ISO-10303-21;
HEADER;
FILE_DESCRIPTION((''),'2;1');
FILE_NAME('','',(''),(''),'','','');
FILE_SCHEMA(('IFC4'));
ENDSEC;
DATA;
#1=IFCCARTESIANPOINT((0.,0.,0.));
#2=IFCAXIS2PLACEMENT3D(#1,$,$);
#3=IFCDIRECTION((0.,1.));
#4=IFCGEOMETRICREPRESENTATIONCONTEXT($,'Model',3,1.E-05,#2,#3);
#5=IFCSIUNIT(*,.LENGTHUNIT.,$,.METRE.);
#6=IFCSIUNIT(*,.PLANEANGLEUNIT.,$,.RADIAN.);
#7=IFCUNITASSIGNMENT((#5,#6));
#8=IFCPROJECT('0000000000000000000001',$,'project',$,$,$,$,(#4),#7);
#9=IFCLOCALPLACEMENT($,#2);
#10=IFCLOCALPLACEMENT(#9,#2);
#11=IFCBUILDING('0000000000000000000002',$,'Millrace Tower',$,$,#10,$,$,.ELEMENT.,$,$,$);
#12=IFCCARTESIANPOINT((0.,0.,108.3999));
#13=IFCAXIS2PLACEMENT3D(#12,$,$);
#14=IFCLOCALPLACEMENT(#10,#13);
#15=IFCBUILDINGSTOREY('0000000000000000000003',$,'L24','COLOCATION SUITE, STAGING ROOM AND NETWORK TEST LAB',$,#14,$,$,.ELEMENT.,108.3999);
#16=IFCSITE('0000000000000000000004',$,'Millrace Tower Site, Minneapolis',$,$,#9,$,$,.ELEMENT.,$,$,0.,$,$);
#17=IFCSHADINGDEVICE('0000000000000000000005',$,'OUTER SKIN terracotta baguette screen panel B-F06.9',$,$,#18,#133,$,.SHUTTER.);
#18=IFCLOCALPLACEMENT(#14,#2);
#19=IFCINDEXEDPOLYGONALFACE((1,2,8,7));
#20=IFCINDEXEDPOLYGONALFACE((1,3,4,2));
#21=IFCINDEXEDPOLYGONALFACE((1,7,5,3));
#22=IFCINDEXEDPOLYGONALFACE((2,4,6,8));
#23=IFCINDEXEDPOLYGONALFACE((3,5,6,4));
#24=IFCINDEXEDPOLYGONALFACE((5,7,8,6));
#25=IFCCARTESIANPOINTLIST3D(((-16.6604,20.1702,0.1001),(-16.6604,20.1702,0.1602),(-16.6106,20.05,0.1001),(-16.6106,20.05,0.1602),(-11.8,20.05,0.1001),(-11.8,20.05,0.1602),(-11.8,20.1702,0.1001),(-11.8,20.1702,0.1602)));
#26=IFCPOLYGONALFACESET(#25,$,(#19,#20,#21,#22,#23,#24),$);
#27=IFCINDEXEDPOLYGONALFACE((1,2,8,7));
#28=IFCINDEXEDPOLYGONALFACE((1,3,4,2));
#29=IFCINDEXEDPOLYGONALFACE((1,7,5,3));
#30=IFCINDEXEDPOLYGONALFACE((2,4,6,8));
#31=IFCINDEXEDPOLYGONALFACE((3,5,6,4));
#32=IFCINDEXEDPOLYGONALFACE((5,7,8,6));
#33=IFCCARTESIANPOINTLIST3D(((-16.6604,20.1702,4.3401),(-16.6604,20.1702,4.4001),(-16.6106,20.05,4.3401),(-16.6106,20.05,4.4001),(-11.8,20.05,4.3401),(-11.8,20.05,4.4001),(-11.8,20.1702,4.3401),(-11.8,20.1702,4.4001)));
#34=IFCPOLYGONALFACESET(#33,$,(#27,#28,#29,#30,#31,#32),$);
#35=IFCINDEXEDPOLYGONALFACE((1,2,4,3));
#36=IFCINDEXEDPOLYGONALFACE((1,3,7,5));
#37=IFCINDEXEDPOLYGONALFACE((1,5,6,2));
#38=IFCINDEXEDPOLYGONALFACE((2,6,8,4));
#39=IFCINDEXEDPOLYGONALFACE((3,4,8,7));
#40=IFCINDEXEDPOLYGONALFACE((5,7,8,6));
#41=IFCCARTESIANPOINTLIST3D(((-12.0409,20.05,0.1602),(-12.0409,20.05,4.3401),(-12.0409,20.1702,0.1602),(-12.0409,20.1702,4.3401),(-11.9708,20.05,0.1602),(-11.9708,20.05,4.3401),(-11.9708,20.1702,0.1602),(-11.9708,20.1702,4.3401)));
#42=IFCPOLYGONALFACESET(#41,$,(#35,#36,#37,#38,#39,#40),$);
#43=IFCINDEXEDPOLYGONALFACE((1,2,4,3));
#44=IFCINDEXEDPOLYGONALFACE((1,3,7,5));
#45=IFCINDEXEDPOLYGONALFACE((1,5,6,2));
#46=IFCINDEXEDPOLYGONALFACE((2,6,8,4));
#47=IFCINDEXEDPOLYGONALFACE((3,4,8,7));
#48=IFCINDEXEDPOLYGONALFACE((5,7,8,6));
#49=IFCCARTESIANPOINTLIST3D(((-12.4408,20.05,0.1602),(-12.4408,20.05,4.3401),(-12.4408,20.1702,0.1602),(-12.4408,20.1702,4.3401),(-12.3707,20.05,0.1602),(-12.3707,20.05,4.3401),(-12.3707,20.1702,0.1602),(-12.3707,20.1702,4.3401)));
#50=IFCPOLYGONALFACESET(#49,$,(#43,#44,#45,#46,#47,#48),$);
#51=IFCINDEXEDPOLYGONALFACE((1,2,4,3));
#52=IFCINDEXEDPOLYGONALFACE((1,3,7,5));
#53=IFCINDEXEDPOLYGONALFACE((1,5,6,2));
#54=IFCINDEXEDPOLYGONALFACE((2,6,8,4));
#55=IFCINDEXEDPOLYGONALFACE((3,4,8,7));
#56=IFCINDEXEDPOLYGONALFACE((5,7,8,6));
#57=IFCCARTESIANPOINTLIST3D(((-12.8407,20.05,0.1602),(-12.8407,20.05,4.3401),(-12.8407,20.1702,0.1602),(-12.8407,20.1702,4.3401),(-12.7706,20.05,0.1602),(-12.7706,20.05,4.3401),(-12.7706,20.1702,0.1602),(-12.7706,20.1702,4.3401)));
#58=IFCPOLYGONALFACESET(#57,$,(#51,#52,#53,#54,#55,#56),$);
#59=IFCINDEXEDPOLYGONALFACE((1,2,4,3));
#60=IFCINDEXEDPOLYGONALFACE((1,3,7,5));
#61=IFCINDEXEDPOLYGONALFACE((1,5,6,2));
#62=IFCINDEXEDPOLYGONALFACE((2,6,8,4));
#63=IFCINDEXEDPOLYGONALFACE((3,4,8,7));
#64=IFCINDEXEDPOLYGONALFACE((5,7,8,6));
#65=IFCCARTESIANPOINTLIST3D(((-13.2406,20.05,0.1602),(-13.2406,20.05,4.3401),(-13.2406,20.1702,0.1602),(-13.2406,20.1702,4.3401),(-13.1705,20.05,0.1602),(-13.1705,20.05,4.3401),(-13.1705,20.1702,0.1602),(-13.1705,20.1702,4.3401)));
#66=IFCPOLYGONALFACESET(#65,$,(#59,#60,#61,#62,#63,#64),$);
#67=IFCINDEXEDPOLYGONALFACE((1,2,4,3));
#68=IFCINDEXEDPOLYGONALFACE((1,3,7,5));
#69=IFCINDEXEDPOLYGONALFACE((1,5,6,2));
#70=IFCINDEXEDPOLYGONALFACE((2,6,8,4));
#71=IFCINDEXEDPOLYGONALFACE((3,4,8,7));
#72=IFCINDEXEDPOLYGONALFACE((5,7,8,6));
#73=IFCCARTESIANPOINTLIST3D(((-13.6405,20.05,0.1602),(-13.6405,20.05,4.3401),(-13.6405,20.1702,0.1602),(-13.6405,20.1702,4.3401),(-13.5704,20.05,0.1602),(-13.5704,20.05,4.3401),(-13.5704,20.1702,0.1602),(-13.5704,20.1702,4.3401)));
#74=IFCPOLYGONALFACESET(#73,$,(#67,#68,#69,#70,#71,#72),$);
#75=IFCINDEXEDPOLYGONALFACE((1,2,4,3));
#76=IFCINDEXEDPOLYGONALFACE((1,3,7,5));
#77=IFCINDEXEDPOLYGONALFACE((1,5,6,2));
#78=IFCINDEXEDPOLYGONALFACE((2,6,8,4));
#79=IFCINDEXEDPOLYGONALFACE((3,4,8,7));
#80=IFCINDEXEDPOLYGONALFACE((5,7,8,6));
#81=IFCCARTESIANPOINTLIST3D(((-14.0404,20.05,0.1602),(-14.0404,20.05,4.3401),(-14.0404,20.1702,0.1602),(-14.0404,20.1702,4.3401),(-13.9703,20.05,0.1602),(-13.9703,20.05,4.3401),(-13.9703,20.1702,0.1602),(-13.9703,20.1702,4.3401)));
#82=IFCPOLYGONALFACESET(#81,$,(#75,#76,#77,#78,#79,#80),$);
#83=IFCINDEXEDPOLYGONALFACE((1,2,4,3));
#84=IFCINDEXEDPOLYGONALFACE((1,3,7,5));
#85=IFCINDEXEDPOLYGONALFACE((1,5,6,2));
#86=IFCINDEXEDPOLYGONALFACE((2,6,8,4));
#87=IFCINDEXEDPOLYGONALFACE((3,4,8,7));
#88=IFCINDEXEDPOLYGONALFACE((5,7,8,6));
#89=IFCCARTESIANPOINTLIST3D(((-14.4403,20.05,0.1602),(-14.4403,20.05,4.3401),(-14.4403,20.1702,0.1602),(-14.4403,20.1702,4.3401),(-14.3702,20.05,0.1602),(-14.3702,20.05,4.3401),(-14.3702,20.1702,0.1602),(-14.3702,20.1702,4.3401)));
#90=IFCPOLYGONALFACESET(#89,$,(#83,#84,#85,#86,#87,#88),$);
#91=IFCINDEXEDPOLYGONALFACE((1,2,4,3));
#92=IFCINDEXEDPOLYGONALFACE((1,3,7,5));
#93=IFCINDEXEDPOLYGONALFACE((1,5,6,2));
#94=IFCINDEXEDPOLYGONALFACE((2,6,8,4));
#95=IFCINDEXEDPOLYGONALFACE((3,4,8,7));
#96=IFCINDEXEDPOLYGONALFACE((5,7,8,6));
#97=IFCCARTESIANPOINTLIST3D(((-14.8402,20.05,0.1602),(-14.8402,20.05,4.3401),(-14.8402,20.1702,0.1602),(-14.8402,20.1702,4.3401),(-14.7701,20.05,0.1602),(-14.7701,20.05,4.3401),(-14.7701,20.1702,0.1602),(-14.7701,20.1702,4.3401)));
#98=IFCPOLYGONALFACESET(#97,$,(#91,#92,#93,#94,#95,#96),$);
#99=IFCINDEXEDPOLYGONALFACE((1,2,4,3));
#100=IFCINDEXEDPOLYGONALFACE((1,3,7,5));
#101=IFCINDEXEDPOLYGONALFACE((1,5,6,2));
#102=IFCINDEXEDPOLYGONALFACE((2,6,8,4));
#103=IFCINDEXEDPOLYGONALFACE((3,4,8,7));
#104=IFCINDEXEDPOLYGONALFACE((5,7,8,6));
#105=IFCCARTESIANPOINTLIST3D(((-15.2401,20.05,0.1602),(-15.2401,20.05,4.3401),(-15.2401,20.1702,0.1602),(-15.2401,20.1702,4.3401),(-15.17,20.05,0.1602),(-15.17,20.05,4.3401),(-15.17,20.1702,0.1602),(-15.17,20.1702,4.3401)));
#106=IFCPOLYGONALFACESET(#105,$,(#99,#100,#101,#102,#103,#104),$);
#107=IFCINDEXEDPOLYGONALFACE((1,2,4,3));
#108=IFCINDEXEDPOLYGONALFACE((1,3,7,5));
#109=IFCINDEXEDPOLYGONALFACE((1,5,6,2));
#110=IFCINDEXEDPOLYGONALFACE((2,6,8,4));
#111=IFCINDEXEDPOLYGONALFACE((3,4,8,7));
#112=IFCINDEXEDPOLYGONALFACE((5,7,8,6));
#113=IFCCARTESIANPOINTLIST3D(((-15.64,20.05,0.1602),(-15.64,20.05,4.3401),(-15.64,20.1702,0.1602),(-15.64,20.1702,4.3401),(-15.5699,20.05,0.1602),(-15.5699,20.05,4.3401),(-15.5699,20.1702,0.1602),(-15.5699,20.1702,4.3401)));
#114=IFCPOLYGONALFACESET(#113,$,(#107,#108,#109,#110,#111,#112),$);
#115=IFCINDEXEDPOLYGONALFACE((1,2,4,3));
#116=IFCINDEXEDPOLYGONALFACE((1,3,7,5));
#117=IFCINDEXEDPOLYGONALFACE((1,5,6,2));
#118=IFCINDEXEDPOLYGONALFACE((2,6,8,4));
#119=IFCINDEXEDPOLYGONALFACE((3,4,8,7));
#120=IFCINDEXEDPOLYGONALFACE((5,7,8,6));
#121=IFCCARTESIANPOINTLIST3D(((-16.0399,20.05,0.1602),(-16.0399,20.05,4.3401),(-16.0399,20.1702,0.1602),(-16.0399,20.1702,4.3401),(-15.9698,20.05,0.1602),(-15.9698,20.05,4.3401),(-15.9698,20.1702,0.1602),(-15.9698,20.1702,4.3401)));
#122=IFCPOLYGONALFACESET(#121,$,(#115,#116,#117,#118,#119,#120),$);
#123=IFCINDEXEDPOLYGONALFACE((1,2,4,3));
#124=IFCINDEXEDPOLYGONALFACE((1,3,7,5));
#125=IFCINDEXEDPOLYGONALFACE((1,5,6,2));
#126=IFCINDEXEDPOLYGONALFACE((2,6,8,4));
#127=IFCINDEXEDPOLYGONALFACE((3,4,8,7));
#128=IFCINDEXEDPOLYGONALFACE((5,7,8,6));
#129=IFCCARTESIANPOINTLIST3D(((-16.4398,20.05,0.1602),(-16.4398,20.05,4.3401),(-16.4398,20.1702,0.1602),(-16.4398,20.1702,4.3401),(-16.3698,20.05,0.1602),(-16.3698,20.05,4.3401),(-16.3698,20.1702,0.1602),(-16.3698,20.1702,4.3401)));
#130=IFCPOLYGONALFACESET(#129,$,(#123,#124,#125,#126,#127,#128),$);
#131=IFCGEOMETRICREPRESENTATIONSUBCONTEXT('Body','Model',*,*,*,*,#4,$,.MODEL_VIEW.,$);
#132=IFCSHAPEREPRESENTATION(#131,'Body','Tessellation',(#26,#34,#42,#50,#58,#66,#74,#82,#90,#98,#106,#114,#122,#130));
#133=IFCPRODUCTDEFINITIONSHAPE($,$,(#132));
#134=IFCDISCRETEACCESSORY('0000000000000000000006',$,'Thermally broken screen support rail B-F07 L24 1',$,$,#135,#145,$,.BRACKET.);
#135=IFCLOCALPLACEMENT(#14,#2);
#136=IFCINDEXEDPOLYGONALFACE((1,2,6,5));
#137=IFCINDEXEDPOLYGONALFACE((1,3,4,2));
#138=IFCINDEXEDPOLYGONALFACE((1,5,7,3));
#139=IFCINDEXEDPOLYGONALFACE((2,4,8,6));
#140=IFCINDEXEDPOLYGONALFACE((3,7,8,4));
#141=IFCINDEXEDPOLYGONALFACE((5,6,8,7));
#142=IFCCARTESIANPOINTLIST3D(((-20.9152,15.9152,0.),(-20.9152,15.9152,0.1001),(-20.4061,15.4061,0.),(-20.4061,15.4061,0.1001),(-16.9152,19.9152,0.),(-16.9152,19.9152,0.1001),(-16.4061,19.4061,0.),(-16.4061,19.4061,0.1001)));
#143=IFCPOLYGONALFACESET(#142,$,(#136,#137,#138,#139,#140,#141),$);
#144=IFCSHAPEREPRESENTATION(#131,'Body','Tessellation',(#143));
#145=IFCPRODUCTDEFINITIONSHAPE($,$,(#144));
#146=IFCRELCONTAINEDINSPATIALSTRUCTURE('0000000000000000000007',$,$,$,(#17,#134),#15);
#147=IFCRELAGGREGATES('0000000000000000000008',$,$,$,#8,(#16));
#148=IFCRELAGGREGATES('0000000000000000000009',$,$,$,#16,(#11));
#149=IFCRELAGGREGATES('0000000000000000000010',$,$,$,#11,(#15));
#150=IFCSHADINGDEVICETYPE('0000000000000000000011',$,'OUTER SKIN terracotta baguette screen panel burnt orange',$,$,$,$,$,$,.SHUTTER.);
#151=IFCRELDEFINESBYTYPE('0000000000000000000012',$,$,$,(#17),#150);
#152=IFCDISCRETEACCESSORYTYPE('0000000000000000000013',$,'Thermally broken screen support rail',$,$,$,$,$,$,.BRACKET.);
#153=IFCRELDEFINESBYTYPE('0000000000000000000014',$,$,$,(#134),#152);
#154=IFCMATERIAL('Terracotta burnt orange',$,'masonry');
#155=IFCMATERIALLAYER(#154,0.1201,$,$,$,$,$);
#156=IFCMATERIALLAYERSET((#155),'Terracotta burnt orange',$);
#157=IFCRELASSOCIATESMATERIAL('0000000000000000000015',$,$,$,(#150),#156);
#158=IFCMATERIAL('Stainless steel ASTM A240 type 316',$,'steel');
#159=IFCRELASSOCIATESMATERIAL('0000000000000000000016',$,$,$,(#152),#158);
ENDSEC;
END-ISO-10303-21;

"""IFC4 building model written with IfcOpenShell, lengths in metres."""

from ifc_helpers import new_model, entity, si_unit, direction, frame, frame_2d, origin, origin_2d, place, context, subcontext, project, spatial, rectangle, extrude, source, transform, mapped, material, layer, layer_set, type_object, element, save


model = new_model("IFC4")

# Units and contexts
model_context = context("Model", 3, precision=1e-05, world=origin(), true_north=direction((0.0, 1.0)))
body_context = subcontext(model_context, "Body", "Model", "MODEL_VIEW")
ifc_project = project(units=[si_unit("LENGTHUNIT", "METRE"), si_unit("PLANEANGLEUNIT", "RADIAN")], contexts=[model_context])

# Site, building, storey
site_placement = place(None, origin())
site = spatial("IfcSite", under=ifc_project, at=site_placement, Name="Millrace Tower Site, Minneapolis", CompositionType="ELEMENT", RefElevation=0.0)
building_placement = place(site_placement, origin())
building = spatial("IfcBuilding", under=site, at=building_placement, Name="Millrace Tower", CompositionType="ELEMENT")
storey_placement = place(building_placement, frame((0.0, 0.0, 108.3999)))
storey = spatial("IfcBuildingStorey", under=building, at=storey_placement, Name="L24", Description="COLOCATION SUITE, STAGING ROOM AND NETWORK TEST LAB", CompositionType="ELEMENT", Elevation=108.3999)

# Shading device
ifc_material_1 = material(Name="Terracotta burnt orange", Category="masonry")
ifc_layer_1 = layer(ifc_material_1, 0.1201)
ifc_layer_set_1 = layer_set([ifc_layer_1], Name="Terracotta burnt orange")
shading_device_type = type_object("IfcShadingDeviceType", Name="OUTER SKIN terracotta baguette screen panel burnt orange", PredefinedType="SHUTTER", material=ifc_layer_set_1)
cartesian_point_1 = entity("IfcCartesianPoint", [-2.4177, 0.0601])
shared_polyline_1 = entity("IfcPolyline", [cartesian_point_1, entity("IfcCartesianPoint", [2.3928, 0.0601]), entity("IfcCartesianPoint", [2.4426, -0.0601]), entity("IfcCartesianPoint", [-2.4177, -0.0601]), cartesian_point_1])
shared_shape_1 = source(origin(), body_context, "Body", "SweptSolid", [
    entity("IfcExtrudedAreaSolid", entity("IfcArbitraryClosedProfileDef", "AREA", None, shared_polyline_1), entity("IfcAxis2Placement3D", entity("IfcCartesianPoint", [0.0, 0.0, 0.0])), entity("IfcDirection", [0.0, 0.0, 1.0]), 0.0601),
    entity("IfcExtrudedAreaSolid", entity("IfcArbitraryClosedProfileDef", "AREA", None, shared_polyline_1), entity("IfcAxis2Placement3D", entity("IfcCartesianPoint", [0.0, 0.0, 4.24])), entity("IfcDirection", [0.0, 0.0, 1.0]), 0.0601),
    extrude(rectangle(XDim=0.0701, YDim=0.1201, at=frame_2d((-2.2119, 0.0))), frame((0.0, 0.0, 0.0601)), (0.0, 0.0, 1.0), 4.1799),
    extrude(rectangle(XDim=0.0701, YDim=0.1201, at=frame_2d((-1.812, 0.0))), frame((0.0, 0.0, 0.0601)), (0.0, 0.0, 1.0), 4.1799),
    extrude(rectangle(XDim=0.0701, YDim=0.1201, at=frame_2d((-1.4121, 0.0))), frame((0.0, 0.0, 0.0601)), (0.0, 0.0, 1.0), 4.1799),
    extrude(rectangle(XDim=0.0701, YDim=0.1201, at=frame_2d((-1.0122, 0.0))), frame((0.0, 0.0, 0.0601)), (0.0, 0.0, 1.0), 4.1799),
    extrude(rectangle(XDim=0.0701, YDim=0.1201, at=frame_2d((-0.6123, 0.0))), frame((0.0, 0.0, 0.0601)), (0.0, 0.0, 1.0), 4.1799),
    extrude(rectangle(XDim=0.0701, YDim=0.1201, at=frame_2d((-0.2124, 0.0))), frame((0.0, 0.0, 0.0601)), (0.0, 0.0, 1.0), 4.1799),
    extrude(rectangle(XDim=0.0701, YDim=0.1201, at=frame_2d((0.1875, 0.0))), frame((0.0, 0.0, 0.0601)), (0.0, 0.0, 1.0), 4.1799),
    extrude(rectangle(XDim=0.0701, YDim=0.1201, at=frame_2d((0.5874, 0.0))), frame((0.0, 0.0, 0.0601)), (0.0, 0.0, 1.0), 4.1799),
    extrude(rectangle(XDim=0.0701, YDim=0.1201, at=frame_2d((0.9873, 0.0))), frame((0.0, 0.0, 0.0601)), (0.0, 0.0, 1.0), 4.1799),
    extrude(rectangle(XDim=0.0701, YDim=0.1201, at=frame_2d((1.3872, 0.0))), frame((0.0, 0.0, 0.0601)), (0.0, 0.0, 1.0), 4.1799),
    extrude(rectangle(XDim=0.0701, YDim=0.1201, at=frame_2d((1.7871, 0.0))), frame((0.0, 0.0, 0.0601)), (0.0, 0.0, 1.0), 4.1799),
    extrude(rectangle(XDim=0.0701, YDim=0.1201, at=frame_2d((2.187, 0.0))), frame((0.0, 0.0, 0.0601)), (0.0, 0.0, 1.0), 4.1799),
])
shading_device_1_placement = place(storey_placement, frame((-14.2178, 20.1101, 0.1001), z_axis=(0.0, 0.0, 1.0), x_axis=(-1.0, 0.0, 0.0)))
element("IfcShadingDevice", 1, at=shading_device_1_placement, inside=storey, type_object=shading_device_type, Name="OUTER SKIN terracotta baguette screen panel B-F06.9", PredefinedType="SHUTTER", context=body_context, shape_type="MappedRepresentation", body=[
    mapped(shared_shape_1, transform((0.0, 0.0, 0.0), scale=1.0)),
])

# Discrete accessory
ifc_material_2 = material(Name="Stainless steel ASTM A240 type 316", Category="steel")
discrete_accessory_type = type_object("IfcDiscreteAccessoryType", Name="Thermally broken screen support rail", PredefinedType="BRACKET", material=ifc_material_2)
discrete_accessory_placement = place(storey_placement, frame((-18.6606, 17.6606, 0.0), z_axis=(0.0, 0.0, 1.0), x_axis=(-0.707107, -0.707107, 0.0)))
element("IfcDiscreteAccessory", 2, at=discrete_accessory_placement, inside=storey, type_object=discrete_accessory_type, Name="Thermally broken screen support rail B-F07 L24 1", PredefinedType="BRACKET", context=body_context, shape_type="SweptSolid", body=[
    extrude(rectangle(XDim=5.6567, YDim=0.72, at=origin_2d()), origin(), (0.0, 0.0, 1.0), 0.1001),
])

save(model, "model.ifc")
